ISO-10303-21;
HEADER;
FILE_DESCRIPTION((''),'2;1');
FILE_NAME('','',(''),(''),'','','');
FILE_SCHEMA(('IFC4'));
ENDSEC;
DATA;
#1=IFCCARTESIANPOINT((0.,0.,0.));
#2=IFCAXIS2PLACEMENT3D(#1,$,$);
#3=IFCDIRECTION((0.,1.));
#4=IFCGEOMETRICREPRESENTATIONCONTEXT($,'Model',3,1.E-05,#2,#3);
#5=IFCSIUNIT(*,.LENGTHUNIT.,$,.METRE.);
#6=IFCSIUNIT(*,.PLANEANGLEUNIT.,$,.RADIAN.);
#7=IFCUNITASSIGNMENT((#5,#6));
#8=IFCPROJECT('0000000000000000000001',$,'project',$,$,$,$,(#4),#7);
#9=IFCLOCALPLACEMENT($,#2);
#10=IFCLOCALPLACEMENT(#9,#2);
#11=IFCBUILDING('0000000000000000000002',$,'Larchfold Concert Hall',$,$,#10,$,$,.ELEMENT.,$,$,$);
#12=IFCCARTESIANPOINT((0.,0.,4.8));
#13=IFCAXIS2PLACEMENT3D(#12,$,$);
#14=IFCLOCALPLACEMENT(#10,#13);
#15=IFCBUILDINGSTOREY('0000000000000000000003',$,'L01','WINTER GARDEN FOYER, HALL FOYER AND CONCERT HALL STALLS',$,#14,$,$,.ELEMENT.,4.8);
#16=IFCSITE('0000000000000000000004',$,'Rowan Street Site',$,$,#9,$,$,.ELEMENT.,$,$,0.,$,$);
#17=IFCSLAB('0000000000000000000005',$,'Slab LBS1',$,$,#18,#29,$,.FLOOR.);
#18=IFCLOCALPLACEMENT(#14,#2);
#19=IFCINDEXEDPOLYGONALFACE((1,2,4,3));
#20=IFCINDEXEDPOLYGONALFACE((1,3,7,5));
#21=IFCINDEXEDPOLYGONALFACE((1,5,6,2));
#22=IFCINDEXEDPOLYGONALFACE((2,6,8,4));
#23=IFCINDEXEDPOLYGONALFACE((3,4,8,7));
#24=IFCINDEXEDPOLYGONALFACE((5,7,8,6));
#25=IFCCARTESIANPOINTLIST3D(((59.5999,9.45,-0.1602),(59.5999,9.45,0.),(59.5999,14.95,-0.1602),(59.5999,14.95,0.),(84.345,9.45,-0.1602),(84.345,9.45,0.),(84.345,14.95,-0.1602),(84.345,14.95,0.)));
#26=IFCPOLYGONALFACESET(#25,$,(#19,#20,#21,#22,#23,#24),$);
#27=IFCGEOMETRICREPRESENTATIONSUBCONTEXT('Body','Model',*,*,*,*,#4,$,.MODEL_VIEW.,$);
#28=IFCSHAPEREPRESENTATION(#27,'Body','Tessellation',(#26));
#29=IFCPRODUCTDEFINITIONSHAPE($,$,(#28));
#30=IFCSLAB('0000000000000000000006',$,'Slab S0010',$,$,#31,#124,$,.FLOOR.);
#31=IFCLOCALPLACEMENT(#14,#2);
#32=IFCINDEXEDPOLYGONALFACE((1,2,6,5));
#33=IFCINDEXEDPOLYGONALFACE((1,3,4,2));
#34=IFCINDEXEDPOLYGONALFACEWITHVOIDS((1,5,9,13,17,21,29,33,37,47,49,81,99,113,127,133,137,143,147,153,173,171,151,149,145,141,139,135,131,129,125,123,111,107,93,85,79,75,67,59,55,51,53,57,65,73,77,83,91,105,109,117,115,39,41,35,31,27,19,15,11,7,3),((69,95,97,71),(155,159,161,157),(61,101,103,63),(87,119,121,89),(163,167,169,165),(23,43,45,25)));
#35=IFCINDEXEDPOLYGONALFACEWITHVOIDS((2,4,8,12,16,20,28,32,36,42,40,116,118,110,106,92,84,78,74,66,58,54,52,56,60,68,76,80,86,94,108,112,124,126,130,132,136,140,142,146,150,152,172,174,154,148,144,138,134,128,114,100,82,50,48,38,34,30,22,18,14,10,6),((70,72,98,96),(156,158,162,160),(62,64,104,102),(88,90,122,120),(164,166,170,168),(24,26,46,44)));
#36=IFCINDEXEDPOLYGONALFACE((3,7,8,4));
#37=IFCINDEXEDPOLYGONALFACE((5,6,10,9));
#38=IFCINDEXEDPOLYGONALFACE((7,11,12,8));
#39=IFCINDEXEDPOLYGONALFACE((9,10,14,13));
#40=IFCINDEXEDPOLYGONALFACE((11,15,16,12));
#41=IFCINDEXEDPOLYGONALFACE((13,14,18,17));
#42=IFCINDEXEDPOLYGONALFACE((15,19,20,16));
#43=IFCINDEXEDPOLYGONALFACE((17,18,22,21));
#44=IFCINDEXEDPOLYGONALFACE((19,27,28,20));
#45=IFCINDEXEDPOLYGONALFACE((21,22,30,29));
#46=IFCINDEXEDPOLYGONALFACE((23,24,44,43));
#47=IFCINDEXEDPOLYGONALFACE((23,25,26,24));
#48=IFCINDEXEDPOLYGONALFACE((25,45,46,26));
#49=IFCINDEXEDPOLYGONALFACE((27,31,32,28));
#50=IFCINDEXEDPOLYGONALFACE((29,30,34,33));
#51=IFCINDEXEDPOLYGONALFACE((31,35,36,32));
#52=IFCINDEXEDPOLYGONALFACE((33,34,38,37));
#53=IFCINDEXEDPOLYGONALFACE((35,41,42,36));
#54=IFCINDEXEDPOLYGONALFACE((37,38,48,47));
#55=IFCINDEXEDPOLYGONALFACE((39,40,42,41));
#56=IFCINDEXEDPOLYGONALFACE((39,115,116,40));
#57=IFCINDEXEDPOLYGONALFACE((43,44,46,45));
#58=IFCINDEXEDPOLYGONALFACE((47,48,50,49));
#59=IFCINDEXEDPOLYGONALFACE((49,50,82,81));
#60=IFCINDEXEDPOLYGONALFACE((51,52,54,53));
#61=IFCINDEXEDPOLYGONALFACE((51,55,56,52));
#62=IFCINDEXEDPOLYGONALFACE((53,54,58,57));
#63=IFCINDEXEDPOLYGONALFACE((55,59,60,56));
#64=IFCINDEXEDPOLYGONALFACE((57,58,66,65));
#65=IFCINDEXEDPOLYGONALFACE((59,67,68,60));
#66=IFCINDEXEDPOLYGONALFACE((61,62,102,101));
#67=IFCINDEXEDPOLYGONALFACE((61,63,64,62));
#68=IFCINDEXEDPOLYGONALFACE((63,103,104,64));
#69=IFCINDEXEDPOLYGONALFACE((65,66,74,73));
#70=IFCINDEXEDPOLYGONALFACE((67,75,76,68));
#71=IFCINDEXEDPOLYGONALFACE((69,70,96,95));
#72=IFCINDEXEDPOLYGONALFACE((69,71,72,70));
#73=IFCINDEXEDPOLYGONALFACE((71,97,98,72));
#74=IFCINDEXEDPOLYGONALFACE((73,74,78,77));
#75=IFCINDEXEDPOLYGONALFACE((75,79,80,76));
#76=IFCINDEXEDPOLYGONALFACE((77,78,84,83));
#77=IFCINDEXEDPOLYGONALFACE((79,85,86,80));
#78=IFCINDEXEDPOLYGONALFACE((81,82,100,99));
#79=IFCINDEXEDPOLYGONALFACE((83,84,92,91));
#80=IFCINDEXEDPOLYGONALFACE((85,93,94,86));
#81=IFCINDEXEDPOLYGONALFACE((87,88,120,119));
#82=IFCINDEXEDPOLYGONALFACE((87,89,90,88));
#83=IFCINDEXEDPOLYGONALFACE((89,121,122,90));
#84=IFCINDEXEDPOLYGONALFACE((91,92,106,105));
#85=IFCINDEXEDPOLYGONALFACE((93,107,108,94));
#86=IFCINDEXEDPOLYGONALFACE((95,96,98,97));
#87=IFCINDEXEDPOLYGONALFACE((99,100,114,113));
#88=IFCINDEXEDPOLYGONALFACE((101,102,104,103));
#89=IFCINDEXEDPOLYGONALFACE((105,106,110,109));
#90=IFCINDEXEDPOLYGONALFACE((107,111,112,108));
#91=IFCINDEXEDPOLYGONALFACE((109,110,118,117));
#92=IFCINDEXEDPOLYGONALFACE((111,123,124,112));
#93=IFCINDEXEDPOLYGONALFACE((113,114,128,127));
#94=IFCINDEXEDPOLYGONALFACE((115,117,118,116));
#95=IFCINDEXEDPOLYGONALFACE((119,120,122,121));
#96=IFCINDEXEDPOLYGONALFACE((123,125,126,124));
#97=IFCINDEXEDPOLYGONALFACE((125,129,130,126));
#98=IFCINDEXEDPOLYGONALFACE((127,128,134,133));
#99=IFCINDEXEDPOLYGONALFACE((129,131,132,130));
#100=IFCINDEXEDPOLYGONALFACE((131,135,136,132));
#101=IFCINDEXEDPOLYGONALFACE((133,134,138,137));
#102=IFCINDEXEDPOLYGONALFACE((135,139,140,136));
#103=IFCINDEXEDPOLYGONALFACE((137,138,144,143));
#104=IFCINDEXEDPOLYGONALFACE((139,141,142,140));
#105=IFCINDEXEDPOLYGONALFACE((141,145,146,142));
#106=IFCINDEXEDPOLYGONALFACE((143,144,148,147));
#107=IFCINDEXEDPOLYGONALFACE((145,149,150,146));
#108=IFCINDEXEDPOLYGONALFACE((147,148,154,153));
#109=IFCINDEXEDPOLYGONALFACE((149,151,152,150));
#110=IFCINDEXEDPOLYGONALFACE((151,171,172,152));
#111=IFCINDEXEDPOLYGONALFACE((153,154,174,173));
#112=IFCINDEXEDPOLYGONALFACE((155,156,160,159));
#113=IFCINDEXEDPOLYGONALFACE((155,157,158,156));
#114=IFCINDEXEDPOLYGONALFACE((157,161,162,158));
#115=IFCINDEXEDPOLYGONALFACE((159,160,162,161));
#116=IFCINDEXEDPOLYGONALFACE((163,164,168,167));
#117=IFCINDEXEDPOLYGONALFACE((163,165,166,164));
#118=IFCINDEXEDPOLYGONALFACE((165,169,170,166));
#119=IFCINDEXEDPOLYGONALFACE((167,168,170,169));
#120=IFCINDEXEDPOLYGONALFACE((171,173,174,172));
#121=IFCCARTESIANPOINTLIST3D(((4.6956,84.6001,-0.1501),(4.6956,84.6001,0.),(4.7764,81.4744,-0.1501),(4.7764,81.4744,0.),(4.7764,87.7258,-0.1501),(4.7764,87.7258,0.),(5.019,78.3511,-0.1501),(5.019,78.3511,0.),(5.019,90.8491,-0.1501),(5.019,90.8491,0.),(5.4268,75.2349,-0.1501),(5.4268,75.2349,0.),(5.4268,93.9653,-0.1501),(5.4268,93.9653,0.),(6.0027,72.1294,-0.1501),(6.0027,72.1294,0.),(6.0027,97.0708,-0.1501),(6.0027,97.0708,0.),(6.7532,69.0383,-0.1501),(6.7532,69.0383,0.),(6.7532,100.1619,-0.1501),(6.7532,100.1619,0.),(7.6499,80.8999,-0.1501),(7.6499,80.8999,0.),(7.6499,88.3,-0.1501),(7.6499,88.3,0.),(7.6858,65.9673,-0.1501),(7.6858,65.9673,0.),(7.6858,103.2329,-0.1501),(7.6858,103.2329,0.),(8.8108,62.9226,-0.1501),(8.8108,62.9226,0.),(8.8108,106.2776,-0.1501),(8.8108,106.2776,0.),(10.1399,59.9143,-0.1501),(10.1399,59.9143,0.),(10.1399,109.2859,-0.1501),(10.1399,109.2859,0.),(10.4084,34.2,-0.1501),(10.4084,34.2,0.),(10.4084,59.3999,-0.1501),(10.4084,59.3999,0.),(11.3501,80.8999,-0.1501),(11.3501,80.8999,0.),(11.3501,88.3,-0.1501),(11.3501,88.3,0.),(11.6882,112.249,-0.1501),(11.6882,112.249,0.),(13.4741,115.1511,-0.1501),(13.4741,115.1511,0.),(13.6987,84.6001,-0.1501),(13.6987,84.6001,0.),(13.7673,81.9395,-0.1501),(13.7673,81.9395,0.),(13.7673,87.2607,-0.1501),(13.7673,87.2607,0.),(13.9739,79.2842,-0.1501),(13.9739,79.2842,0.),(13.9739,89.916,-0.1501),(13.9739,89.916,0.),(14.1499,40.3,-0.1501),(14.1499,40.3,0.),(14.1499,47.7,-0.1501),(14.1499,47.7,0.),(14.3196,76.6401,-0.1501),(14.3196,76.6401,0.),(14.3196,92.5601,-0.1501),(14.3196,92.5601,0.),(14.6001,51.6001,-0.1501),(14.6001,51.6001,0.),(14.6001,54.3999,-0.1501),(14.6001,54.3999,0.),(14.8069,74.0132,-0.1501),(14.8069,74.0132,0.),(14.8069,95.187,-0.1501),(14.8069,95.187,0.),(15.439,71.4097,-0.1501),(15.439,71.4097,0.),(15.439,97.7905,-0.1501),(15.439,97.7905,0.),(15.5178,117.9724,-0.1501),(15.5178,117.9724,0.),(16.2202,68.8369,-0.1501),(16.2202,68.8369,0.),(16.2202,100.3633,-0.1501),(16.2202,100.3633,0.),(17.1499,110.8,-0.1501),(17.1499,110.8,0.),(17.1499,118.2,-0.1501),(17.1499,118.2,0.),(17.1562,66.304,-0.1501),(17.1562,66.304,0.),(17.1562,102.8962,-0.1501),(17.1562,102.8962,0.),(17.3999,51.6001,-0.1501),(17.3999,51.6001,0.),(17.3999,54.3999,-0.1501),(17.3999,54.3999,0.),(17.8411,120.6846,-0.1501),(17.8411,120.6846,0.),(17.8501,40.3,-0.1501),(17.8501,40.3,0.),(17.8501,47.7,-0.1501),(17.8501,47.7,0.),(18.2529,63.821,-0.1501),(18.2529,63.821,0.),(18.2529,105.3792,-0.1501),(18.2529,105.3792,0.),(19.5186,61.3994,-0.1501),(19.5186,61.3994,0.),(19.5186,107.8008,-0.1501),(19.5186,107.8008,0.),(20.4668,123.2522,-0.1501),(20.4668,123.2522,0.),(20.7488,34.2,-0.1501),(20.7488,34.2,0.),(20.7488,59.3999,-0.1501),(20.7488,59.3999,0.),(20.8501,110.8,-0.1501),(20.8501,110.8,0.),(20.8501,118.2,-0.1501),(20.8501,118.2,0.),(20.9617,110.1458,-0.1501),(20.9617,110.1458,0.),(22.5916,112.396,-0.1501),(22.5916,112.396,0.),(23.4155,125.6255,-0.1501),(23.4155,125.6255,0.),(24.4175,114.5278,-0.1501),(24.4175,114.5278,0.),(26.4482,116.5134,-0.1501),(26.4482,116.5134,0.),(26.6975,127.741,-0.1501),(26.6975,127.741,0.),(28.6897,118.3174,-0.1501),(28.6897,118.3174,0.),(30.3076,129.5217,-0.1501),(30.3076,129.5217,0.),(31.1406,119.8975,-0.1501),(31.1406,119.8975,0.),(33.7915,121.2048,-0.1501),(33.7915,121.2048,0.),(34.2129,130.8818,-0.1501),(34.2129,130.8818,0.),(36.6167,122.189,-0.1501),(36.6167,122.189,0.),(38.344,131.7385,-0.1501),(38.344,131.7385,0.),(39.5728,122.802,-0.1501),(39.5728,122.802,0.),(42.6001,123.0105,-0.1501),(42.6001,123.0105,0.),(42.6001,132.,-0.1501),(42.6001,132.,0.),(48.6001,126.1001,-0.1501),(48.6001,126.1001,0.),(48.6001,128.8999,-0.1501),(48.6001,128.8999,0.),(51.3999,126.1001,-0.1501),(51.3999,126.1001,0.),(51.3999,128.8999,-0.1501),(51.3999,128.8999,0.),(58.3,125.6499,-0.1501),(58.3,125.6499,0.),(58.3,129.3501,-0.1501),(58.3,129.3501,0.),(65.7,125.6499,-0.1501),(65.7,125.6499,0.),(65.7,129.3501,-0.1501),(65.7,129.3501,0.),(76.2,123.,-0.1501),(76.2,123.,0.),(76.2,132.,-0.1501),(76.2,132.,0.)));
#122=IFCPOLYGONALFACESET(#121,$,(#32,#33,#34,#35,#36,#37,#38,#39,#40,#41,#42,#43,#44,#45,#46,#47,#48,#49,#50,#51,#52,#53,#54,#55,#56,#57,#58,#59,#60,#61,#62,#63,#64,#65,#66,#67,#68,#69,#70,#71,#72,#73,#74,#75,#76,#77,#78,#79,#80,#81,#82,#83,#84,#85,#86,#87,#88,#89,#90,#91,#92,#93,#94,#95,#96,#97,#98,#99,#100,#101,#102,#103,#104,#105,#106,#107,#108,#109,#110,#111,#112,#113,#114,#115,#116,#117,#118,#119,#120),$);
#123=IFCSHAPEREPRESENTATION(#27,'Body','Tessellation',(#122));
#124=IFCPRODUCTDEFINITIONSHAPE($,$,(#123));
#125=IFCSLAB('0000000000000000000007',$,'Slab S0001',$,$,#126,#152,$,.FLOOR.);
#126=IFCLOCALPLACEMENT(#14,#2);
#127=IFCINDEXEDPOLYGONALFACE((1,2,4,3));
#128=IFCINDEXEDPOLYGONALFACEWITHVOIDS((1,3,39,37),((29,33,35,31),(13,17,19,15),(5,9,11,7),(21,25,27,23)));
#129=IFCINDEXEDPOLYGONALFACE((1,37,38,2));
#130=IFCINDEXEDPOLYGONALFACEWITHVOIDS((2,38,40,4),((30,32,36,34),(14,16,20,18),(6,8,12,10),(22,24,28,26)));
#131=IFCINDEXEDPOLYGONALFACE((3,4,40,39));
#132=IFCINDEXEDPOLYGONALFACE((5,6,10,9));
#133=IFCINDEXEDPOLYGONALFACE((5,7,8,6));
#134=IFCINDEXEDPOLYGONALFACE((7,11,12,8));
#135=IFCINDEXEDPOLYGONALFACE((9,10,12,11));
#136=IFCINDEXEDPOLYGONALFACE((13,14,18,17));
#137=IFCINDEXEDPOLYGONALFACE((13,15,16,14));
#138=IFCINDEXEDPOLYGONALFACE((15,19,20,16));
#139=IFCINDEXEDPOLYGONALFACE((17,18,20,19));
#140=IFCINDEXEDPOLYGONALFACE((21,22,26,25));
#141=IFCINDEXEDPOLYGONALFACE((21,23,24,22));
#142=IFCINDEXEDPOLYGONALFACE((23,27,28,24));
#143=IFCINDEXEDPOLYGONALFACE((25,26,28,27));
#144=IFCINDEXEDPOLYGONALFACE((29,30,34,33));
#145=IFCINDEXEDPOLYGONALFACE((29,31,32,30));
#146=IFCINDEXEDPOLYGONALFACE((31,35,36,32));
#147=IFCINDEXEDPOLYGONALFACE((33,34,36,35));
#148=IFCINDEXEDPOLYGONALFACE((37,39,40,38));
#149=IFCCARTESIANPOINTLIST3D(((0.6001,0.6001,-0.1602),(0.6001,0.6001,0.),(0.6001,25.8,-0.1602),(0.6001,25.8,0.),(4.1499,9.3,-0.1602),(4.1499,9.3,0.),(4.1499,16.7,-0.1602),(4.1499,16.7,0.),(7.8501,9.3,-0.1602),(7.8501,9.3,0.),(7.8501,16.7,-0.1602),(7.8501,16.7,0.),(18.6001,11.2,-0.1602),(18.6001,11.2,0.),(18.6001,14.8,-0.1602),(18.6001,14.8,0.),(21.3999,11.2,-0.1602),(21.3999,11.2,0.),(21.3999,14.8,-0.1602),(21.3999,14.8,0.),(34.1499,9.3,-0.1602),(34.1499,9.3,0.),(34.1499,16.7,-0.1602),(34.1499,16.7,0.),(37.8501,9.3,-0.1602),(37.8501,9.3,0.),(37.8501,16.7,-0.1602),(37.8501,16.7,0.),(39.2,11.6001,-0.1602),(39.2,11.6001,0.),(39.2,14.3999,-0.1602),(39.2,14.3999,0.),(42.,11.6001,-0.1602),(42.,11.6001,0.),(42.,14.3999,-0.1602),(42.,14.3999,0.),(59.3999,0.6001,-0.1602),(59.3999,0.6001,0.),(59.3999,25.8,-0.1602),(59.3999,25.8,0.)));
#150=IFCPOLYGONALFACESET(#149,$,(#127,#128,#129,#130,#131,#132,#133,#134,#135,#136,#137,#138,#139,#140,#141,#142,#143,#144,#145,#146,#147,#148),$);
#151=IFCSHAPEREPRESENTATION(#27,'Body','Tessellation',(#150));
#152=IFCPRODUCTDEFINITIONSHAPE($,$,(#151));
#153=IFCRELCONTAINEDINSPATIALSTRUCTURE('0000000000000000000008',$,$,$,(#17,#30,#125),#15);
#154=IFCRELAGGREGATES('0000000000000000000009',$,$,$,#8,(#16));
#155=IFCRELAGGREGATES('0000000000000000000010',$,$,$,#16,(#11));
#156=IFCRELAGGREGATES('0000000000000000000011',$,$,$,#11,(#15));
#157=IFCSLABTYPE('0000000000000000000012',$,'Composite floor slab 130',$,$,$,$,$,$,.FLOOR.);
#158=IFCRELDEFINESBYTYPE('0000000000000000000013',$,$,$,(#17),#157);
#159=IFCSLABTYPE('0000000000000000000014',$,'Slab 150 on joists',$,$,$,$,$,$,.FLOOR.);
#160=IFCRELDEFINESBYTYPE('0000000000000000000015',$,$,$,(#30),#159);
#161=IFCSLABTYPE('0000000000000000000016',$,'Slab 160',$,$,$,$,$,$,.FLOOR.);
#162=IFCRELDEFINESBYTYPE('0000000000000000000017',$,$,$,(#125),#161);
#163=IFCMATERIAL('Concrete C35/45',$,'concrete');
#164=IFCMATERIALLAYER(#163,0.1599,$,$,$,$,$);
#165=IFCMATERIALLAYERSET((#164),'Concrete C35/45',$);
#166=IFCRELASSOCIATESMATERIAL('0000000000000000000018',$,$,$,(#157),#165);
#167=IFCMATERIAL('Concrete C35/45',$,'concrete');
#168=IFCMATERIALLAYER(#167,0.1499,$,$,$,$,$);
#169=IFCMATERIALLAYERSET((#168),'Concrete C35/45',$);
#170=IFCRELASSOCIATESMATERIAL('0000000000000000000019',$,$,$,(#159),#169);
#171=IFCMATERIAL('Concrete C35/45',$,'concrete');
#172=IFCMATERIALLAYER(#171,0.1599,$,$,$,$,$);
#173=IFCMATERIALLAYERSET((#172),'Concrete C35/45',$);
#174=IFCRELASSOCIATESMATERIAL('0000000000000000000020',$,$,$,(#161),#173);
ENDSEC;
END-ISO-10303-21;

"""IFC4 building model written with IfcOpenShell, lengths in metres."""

from ifc_helpers import new_model, si_unit, direction, frame, origin, place, context, subcontext, project, spatial, polyline, outline, extrude, material, layer, layer_set, type_object, element, save


model = new_model("IFC4")

# Units and contexts
model_context = context("Model", 3, precision=1e-05, world=origin(), true_north=direction((0.0, 1.0)))
body_context = subcontext(model_context, "Body", "Model", "MODEL_VIEW")
ifc_project = project(units=[si_unit("LENGTHUNIT", "METRE"), si_unit("PLANEANGLEUNIT", "RADIAN")], contexts=[model_context])

# Site, building, storey
site_placement = place(None, origin())
site = spatial("IfcSite", under=ifc_project, at=site_placement, Name="Rowan Street Site", CompositionType="ELEMENT", RefElevation=0.0)
building_placement = place(site_placement, origin())
building = spatial("IfcBuilding", under=site, at=building_placement, Name="Larchfold Concert Hall", CompositionType="ELEMENT")
storey_placement = place(building_placement, frame((0.0, 0.0, 4.8)))
storey = spatial("IfcBuildingStorey", under=building, at=storey_placement, Name="L01", Description="WINTER GARDEN FOYER, HALL FOYER AND CONCERT HALL STALLS", CompositionType="ELEMENT", Elevation=4.8)

# Slabs
ifc_material_1 = material(Name="Concrete C35/45", Category="concrete")
ifc_layer_1 = layer(ifc_material_1, 0.1599)
ifc_layer_set_1 = layer_set([ifc_layer_1], Name="Concrete C35/45")
slab_type_1 = type_object("IfcSlabType", Name="Composite floor slab 130", PredefinedType="FLOOR", material=ifc_layer_set_1)
slab_1_placement = place(storey_placement, frame((0.0, 0.0, -0.1602)))
element("IfcSlab", 1, at=slab_1_placement, inside=storey, type_object=slab_type_1, Name="Slab LBS1", PredefinedType="FLOOR", context=body_context, shape_type="SweptSolid", body=[
    extrude(outline(polyline([(84.345, 9.45), (84.345, 14.95), (59.5999, 14.95), (59.5999, 9.45), (84.345, 9.45)])), origin(), (0.0, 0.0, 1.0), 0.1602),
])
ifc_material_2 = material(Name="Concrete C35/45", Category="concrete")
ifc_layer_2 = layer(ifc_material_2, 0.1499)
ifc_layer_set_2 = layer_set([ifc_layer_2], Name="Concrete C35/45")
slab_type_2 = type_object("IfcSlabType", Name="Slab 150 on joists", PredefinedType="FLOOR", material=ifc_layer_set_2)
slab_2_placement = place(storey_placement, frame((0.0, 0.0, -0.1501)))
element("IfcSlab", 2, at=slab_2_placement, inside=storey, type_object=slab_type_2, Name="Slab S0010", PredefinedType="FLOOR", context=body_context, shape_type="SweptSolid", body=[
    extrude(outline(polyline([(20.7488, 34.2), (20.7488, 59.3999), (19.5186, 61.3994), (18.2529, 63.821), (17.1562, 66.304), (16.2202, 68.8369), (15.439, 71.4097), (14.8069, 74.0132), (14.3196, 76.6401), (13.9739, 79.2842), (13.7673, 81.9395), (13.6987, 84.6001), (13.7673, 87.2607), (13.9739, 89.916), (14.3196, 92.5601), (14.8069, 95.187), (15.439, 97.7905), (16.2202, 100.3633), (17.1562, 102.8962), (18.2529, 105.3792), (19.5186, 107.8008), (20.9617, 110.1458), (22.5916, 112.396), (24.4175, 114.5278), (26.4482, 116.5134), (28.6897, 118.3174), (31.1406, 119.8975), (33.7915, 121.2048), (36.6167, 122.189), (39.5728, 122.802), (42.6001, 123.0105), (76.2, 123.0), (76.2, 132.0), (42.6001, 132.0), (38.344, 131.7385), (34.2129, 130.8818), (30.3076, 129.5217), (26.6975, 127.741), (23.4155, 125.6255), (20.4668, 123.2522), (17.8411, 120.6846), (15.5178, 117.9724), (13.4741, 115.1511), (11.6882, 112.249), (10.1399, 109.2859), (8.8108, 106.2776), (7.6858, 103.2329), (6.7532, 100.1619), (6.0027, 97.0708), (5.4268, 93.9653), (5.019, 90.8491), (4.7764, 87.7258), (4.6956, 84.6001), (4.7764, 81.4744), (5.019, 78.3511), (5.4268, 75.2349), (6.0027, 72.1294), (6.7532, 69.0383), (7.6858, 65.9673), (8.8108, 62.9226), (10.1399, 59.9143), (10.4084, 59.3999), (10.4084, 34.2), (20.7488, 34.2)]), holes=[polyline([(14.1499, 40.3), (14.1499, 47.7), (17.8501, 47.7), (17.8501, 40.3), (14.1499, 40.3)]), polyline([(14.6001, 54.3999), (17.3999, 54.3999), (17.3999, 51.6001), (14.6001, 51.6001), (14.6001, 54.3999)]), polyline([(7.6499, 88.3), (11.3501, 88.3), (11.3501, 80.8999), (7.6499, 80.8999), (7.6499, 88.3)]), polyline([(17.1499, 110.8), (17.1499, 118.2), (20.8501, 118.2), (20.8501, 110.8), (17.1499, 110.8)]), polyline([(48.6001, 128.8999), (51.3999, 128.8999), (51.3999, 126.1001), (48.6001, 126.1001), (48.6001, 128.8999)]), polyline([(58.3, 129.3501), (65.7, 129.3501), (65.7, 125.6499), (58.3, 125.6499), (58.3, 129.3501)])]), origin(), (0.0, 0.0, 1.0), 0.1501),
])
ifc_material_3 = material(Name="Concrete C35/45", Category="concrete")
ifc_layer_3 = layer(ifc_material_3, 0.1599)
ifc_layer_set_3 = layer_set([ifc_layer_3], Name="Concrete C35/45")
slab_type_3 = type_object("IfcSlabType", Name="Slab 160", PredefinedType="FLOOR", material=ifc_layer_set_3)
slab_3_placement = place(storey_placement, frame((0.0, 0.0, -0.1602)))
element("IfcSlab", 3, at=slab_3_placement, inside=storey, type_object=slab_type_3, Name="Slab S0001", PredefinedType="FLOOR", context=body_context, shape_type="SweptSolid", body=[
    extrude(outline(polyline([(0.6001, 0.6001), (59.3999, 0.6001), (59.3999, 25.8), (0.6001, 25.8), (0.6001, 0.6001)]), holes=[polyline([(4.1499, 9.3), (4.1499, 16.7), (7.8501, 16.7), (7.8501, 9.3), (4.1499, 9.3)]), polyline([(18.6001, 11.2), (18.6001, 14.8), (21.3999, 14.8), (21.3999, 11.2), (18.6001, 11.2)]), polyline([(34.1499, 9.3), (34.1499, 16.7), (37.8501, 16.7), (37.8501, 9.3), (34.1499, 9.3)]), polyline([(39.2, 11.6001), (39.2, 14.3999), (42.0, 14.3999), (42.0, 11.6001), (39.2, 11.6001)])]), origin(), (0.0, 0.0, 1.0), 0.1602),
])

save(model, "model.ifc")
